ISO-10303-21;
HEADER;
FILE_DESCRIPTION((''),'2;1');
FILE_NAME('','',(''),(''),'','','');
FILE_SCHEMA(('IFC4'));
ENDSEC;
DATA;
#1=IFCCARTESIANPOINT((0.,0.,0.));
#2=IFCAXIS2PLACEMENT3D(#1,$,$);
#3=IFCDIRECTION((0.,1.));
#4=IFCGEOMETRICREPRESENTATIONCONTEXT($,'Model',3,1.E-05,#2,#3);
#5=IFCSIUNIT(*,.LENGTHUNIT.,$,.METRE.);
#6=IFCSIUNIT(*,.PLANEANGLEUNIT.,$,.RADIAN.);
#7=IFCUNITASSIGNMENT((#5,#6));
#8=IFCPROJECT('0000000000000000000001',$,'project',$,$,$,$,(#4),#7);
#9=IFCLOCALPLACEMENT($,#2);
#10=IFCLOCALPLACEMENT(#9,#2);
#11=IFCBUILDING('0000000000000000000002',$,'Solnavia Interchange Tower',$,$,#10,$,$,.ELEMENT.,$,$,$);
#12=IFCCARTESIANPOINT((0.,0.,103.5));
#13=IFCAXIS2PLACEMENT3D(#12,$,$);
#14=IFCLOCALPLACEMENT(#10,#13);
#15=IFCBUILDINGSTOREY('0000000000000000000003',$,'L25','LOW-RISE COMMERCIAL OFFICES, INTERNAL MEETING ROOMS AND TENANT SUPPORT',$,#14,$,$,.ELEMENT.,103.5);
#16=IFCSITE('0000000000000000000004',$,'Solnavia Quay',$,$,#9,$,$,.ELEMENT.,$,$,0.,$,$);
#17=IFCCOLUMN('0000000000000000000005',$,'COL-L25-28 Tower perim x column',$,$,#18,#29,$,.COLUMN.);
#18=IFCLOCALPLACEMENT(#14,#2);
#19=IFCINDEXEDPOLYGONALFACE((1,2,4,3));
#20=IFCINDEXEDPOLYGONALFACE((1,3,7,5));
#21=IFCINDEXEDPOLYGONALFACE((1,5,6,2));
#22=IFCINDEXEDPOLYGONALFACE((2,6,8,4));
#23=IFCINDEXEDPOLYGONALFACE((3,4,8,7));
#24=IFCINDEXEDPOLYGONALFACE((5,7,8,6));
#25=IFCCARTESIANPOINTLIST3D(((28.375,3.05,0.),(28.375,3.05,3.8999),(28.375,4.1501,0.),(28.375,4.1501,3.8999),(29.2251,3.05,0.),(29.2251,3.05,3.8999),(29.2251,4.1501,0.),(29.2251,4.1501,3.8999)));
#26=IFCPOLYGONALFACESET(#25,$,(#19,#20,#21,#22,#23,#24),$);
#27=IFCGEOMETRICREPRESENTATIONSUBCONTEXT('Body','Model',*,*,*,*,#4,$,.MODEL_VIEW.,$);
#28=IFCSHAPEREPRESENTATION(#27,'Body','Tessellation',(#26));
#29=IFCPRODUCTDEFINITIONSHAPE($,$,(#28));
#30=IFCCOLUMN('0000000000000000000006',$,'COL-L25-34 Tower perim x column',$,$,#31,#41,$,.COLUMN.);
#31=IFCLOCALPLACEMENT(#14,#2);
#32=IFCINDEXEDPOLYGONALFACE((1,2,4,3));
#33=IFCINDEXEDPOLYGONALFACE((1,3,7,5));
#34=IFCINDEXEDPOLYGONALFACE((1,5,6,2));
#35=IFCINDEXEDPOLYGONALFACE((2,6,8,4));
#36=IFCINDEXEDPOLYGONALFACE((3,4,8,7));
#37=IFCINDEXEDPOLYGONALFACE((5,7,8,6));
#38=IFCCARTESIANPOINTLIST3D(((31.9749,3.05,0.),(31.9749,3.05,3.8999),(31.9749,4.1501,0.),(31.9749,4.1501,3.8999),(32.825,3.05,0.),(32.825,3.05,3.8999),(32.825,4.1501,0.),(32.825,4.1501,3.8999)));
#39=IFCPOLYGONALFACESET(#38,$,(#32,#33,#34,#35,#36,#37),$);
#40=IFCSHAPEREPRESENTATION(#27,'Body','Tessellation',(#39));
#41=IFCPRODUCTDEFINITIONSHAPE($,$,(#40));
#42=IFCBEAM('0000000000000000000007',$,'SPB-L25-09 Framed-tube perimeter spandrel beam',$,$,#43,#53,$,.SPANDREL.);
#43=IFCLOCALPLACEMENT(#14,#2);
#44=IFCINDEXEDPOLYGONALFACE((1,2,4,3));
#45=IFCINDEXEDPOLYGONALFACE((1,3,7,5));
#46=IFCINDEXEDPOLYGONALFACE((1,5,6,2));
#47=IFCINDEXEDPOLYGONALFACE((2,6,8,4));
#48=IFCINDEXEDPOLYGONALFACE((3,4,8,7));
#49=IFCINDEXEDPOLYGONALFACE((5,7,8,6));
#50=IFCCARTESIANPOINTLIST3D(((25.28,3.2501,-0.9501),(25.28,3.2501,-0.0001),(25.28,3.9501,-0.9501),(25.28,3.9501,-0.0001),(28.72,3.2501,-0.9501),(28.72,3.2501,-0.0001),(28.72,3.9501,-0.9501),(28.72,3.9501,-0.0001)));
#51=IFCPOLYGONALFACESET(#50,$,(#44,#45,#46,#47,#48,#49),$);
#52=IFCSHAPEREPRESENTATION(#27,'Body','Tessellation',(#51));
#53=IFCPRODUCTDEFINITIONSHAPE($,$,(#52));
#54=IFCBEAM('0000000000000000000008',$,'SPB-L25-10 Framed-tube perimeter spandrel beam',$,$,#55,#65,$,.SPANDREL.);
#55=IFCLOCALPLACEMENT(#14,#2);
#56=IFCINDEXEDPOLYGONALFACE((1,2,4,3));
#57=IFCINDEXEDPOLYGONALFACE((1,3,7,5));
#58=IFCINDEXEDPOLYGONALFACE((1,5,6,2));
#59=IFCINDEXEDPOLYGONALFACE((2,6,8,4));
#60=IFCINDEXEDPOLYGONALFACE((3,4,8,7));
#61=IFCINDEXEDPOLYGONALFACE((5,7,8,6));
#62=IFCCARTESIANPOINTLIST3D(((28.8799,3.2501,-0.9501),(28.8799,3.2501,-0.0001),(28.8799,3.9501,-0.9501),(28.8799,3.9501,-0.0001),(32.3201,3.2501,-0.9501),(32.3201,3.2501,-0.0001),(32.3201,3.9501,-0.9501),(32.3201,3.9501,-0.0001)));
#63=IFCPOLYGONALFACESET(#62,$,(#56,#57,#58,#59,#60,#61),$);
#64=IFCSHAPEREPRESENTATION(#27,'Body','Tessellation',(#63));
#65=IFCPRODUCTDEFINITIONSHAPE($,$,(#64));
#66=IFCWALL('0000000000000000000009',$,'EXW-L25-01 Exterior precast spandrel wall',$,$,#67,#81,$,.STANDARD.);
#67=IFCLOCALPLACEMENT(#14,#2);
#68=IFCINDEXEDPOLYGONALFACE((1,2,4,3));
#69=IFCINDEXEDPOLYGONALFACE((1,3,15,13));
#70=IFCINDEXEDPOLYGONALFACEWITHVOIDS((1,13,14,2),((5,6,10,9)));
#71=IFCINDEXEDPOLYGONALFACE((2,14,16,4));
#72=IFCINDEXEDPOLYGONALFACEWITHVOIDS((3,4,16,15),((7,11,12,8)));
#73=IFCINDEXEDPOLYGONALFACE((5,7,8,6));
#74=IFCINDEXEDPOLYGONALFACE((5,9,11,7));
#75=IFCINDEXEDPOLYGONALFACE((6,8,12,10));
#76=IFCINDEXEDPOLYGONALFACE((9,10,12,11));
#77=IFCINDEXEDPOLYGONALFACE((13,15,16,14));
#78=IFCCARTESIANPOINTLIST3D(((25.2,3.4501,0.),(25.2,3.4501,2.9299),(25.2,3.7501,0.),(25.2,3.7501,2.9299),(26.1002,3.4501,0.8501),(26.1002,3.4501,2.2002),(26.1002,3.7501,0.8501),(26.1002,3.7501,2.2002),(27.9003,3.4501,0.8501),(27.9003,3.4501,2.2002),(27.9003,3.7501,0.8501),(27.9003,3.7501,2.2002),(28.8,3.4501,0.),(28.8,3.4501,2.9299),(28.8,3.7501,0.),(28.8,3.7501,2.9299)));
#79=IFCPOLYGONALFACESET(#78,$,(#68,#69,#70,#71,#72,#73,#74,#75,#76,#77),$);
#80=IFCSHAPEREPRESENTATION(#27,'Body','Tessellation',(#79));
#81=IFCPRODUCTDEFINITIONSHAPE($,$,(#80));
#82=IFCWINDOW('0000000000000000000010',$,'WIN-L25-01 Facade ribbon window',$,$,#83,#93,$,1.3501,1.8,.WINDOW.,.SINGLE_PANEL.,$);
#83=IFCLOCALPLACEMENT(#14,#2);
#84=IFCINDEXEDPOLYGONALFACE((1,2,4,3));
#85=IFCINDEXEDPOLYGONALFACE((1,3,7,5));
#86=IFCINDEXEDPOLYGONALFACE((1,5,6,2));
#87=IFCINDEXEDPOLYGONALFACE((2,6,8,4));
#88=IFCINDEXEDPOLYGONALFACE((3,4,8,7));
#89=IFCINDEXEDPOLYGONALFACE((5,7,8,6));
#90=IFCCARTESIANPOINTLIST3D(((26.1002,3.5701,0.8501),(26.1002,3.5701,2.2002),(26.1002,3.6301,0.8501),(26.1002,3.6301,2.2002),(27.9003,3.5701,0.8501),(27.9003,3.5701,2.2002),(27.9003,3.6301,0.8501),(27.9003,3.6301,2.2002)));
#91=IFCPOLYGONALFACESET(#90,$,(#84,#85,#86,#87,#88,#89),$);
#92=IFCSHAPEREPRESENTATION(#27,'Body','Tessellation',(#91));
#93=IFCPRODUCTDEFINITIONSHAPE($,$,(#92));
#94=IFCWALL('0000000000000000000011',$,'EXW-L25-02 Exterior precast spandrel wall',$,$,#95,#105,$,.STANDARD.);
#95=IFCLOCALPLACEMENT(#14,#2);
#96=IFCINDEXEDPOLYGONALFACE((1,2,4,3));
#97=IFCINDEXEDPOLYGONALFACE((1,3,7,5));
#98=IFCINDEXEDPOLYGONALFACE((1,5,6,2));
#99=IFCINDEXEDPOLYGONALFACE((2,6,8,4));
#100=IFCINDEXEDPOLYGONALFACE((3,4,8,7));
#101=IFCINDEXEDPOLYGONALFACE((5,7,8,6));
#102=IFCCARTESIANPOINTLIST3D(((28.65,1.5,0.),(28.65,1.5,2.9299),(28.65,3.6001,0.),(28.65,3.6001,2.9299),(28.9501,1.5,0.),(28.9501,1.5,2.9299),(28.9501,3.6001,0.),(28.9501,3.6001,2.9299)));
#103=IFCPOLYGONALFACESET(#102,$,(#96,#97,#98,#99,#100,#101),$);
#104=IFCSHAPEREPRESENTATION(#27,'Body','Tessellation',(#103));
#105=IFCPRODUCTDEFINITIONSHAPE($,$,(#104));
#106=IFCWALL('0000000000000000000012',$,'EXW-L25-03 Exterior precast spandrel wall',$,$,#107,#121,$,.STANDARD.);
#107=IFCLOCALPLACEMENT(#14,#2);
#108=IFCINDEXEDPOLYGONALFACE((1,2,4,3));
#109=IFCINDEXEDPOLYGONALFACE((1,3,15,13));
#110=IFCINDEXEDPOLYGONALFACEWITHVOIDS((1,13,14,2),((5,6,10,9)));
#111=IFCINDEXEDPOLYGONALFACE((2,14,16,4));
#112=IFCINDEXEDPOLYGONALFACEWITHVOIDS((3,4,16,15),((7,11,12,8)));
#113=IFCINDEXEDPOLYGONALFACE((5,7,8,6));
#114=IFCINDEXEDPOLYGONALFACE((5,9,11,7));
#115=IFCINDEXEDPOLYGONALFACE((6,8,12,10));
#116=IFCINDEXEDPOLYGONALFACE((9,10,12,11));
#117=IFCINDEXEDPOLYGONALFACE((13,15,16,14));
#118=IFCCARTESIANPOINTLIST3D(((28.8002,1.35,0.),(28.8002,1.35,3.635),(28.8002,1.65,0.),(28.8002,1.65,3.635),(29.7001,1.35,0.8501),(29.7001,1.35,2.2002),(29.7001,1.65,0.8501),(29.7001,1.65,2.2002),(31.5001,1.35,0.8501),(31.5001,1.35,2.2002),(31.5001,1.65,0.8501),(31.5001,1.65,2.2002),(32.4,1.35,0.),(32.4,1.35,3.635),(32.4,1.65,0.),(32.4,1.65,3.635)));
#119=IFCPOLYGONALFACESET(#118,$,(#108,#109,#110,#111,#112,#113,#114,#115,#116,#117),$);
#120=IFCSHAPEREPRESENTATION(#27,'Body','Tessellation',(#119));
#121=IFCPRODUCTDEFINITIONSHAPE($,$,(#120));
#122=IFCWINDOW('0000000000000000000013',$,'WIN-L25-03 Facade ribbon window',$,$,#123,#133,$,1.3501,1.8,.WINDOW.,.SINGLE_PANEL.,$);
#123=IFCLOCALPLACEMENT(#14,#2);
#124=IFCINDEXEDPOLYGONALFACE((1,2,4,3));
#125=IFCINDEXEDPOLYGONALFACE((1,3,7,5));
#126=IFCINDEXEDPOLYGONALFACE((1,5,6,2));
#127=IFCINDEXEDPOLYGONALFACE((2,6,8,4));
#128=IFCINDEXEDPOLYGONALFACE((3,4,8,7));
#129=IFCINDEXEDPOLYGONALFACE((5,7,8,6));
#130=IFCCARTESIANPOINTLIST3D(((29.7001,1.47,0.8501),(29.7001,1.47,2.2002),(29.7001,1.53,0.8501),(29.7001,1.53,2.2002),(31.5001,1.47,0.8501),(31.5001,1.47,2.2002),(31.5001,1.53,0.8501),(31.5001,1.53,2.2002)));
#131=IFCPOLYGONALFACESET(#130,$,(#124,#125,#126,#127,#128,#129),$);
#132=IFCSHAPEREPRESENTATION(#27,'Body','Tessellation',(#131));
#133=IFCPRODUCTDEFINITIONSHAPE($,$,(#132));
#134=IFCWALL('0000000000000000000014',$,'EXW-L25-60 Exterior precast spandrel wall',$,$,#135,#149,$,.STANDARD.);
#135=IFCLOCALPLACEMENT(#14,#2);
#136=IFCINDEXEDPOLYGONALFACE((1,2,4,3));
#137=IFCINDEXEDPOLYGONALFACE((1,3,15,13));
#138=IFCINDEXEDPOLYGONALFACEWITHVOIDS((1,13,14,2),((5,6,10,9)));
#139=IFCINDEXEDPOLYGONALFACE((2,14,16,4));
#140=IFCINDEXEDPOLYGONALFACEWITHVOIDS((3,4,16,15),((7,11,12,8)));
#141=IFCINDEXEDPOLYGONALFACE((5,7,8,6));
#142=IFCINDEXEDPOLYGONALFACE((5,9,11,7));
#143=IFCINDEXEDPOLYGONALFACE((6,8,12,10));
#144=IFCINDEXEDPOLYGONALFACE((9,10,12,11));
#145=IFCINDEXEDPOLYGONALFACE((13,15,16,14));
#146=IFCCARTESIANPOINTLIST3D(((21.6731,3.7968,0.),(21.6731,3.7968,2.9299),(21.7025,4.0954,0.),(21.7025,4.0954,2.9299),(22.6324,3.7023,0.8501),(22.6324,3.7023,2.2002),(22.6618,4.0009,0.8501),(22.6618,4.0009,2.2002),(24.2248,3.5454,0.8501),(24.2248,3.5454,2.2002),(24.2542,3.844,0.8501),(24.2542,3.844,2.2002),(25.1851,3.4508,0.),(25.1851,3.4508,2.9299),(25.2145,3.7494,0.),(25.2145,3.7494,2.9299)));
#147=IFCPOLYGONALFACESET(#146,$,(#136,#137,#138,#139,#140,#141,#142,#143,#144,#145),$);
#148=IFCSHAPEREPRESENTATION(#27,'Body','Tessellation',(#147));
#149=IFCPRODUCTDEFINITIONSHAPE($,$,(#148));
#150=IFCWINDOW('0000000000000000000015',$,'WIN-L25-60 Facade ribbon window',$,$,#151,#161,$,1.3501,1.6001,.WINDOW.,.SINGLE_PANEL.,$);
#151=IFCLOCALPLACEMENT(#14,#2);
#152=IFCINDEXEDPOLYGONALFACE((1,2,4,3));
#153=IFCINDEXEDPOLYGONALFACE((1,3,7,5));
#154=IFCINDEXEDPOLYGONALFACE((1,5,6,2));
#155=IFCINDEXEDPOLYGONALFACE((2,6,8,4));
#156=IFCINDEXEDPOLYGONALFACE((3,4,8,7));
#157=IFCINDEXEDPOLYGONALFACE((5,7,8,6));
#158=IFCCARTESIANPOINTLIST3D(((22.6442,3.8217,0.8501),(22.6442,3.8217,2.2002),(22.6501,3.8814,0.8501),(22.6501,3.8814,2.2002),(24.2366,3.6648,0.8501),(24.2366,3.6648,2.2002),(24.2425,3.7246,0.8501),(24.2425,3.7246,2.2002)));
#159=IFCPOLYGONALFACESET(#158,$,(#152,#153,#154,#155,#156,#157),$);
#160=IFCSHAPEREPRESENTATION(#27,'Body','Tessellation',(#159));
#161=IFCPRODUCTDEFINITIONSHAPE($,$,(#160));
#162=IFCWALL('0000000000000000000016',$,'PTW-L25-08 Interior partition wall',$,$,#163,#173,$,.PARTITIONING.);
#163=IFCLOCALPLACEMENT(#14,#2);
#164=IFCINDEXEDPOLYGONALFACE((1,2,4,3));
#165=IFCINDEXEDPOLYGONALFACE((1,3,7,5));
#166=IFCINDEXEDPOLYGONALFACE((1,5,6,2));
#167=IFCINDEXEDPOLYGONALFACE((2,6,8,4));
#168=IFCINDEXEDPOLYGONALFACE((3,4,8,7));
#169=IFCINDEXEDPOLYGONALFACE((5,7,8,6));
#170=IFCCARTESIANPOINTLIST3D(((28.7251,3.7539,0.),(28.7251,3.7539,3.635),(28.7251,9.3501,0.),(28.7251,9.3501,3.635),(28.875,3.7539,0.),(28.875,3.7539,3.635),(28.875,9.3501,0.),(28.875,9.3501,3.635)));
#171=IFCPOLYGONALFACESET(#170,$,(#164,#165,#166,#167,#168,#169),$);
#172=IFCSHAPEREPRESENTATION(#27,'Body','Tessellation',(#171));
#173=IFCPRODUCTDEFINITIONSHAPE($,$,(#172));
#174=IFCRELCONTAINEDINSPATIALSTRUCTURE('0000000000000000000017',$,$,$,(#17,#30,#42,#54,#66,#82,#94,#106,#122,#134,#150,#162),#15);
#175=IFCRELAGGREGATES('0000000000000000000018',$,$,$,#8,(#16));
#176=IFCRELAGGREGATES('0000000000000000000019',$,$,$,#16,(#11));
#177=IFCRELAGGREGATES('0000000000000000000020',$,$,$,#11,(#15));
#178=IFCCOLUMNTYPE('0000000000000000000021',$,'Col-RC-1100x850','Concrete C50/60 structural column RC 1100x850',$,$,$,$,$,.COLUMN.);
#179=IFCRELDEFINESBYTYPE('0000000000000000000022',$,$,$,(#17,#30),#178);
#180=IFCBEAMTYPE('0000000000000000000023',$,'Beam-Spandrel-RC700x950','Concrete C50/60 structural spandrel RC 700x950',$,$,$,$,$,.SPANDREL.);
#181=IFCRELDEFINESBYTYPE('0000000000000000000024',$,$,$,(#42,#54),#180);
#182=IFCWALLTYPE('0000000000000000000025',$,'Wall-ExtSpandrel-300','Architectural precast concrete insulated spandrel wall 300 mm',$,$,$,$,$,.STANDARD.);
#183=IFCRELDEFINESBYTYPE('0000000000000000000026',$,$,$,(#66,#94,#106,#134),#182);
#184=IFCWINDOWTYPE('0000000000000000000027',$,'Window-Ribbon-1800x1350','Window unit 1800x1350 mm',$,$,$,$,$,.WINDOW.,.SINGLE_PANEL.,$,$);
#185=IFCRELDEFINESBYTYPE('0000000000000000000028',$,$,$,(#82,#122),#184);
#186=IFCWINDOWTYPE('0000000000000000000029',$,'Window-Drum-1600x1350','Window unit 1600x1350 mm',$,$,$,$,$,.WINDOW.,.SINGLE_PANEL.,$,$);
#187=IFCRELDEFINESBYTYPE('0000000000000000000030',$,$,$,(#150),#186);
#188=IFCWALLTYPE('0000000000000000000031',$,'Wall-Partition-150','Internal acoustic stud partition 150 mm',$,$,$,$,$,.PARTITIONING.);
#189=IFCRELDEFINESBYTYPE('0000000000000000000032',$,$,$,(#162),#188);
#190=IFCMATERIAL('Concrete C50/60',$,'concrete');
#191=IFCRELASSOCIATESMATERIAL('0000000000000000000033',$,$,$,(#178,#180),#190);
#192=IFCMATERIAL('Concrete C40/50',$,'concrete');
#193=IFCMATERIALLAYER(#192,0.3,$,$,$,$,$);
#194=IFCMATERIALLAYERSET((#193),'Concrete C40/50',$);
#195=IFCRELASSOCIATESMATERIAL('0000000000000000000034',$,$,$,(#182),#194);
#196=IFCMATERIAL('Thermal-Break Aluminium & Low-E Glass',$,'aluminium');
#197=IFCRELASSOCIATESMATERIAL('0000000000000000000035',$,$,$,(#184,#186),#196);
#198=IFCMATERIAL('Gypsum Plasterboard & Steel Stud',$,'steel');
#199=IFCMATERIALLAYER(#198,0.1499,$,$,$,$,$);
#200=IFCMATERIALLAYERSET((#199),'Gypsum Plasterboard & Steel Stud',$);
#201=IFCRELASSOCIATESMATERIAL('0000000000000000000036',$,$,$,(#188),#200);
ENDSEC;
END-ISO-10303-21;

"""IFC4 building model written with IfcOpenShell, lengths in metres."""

from ifc_helpers import new_model, si_unit, direction, frame, frame_2d, origin, origin_2d, place, context, subcontext, project, spatial, rectangle, extrude, material, layer, layer_set, material_profile, profile_set, type_object, element, fill, save


model = new_model("IFC4")

# Units and contexts
model_context = context("Model", 3, precision=1e-05, world=origin(), true_north=direction((0.0, 1.0)))
body_context = subcontext(model_context, "Body", "Model", "MODEL_VIEW")
ifc_project = project(units=[si_unit("LENGTHUNIT", "METRE"), si_unit("PLANEANGLEUNIT", "RADIAN")], contexts=[model_context])

# Site, building, storey
site_placement = place(None, origin())
site = spatial("IfcSite", under=ifc_project, at=site_placement, Name="Solnavia Quay", CompositionType="ELEMENT", RefElevation=0.0)
building_placement = place(site_placement, origin())
building = spatial("IfcBuilding", under=site, at=building_placement, Name="Solnavia Interchange Tower", CompositionType="ELEMENT")
storey_placement = place(building_placement, frame((0.0, 0.0, 103.5)))
storey = spatial("IfcBuildingStorey", under=building, at=storey_placement, Name="L25", Description="LOW-RISE COMMERCIAL OFFICES, INTERNAL MEETING ROOMS AND TENANT SUPPORT", CompositionType="ELEMENT", Elevation=103.5)

# Columns
ifc_material_1 = material(Name="Concrete C50/60", Category="concrete")
ifc_material_profile_1 = material_profile(ifc_material_1, rectangle(XDim=0.8501, YDim=1.1001, at=origin_2d()), Name="RC 1100x850")
ifc_profile_set_1 = profile_set([ifc_material_profile_1], Name="Concrete C50/60")
column_type = type_object("IfcColumnType", Name="Col-RC-1100x850", Description="Concrete C50/60 structural column RC 1100x850", PredefinedType="COLUMN", material=ifc_profile_set_1)
for number, where, z_axis, x_axis, name in (
    (1, (28.8, 3.6001, 0.0), (0.0, 0.0, 1.0), (1.0, 0.0, 0.0), "COL-L25-28 Tower perim x column"),
    (2, (32.3999, 3.6001, 0.0), (0.0, 0.0, 1.0), (1.0, 0.0, 0.0), "COL-L25-34 Tower perim x column"),
):
    element("IfcColumn", number, at=place(storey_placement, frame(where, z_axis=z_axis, x_axis=x_axis)), inside=storey, type_object=column_type, Name=name, PredefinedType="COLUMN", context=body_context, shape_type="SweptSolid", body=[
        extrude(rectangle(XDim=0.8501, YDim=1.1001, at=origin_2d()), origin(), (0.0, 0.0, 1.0), 3.8999),
    ])

# Beams
ifc_material_profile_2 = material_profile(ifc_material_1, rectangle(XDim=0.7, YDim=0.95, at=origin_2d()), Name="RC 700x950")
ifc_profile_set_2 = profile_set([ifc_material_profile_2], Name="Concrete C50/60")
beam_type = type_object("IfcBeamType", Name="Beam-Spandrel-RC700x950", Description="Concrete C50/60 structural spandrel RC 700x950", PredefinedType="SPANDREL", material=ifc_profile_set_2)
beam_1_placement = place(storey_placement, frame((25.28, 3.6001, -0.4751), z_axis=(1.0, 0.0, 0.0), x_axis=(0.0, 1.0, 0.0)))
element("IfcBeam", 3, at=beam_1_placement, inside=storey, type_object=beam_type, Name="SPB-L25-09 Framed-tube perimeter spandrel beam", PredefinedType="SPANDREL", context=body_context, shape_type="SweptSolid", body=[
    extrude(rectangle(XDim=0.7, YDim=0.95, at=origin_2d()), origin(), (0.0, 0.0, 1.0), 3.4399),
])
beam_2_placement = place(storey_placement, frame((28.8799, 3.6001, -0.4751), z_axis=(1.0, 0.0, 0.0), x_axis=(0.0, 1.0, 0.0)))
element("IfcBeam", 4, at=beam_2_placement, inside=storey, type_object=beam_type, Name="SPB-L25-10 Framed-tube perimeter spandrel beam", PredefinedType="SPANDREL", context=body_context, shape_type="SweptSolid", body=[
    extrude(rectangle(XDim=0.7, YDim=0.95, at=origin_2d()), origin(), (0.0, 0.0, 1.0), 3.4402),
])

# Wall, opening, window
ifc_material_2 = material(Name="Concrete C40/50", Category="concrete")
ifc_layer_1 = layer(ifc_material_2, 0.3)
ifc_layer_set_1 = layer_set([ifc_layer_1], Name="Concrete C40/50")
wall_type_1 = type_object("IfcWallType", Name="Wall-ExtSpandrel-300", Description="Architectural precast concrete insulated spandrel wall 300 mm", PredefinedType="STANDARD", material=ifc_layer_set_1)
wall_1_placement = place(storey_placement, frame((28.8, 3.6001, 0.0), z_axis=(0.0, 0.0, 1.0), x_axis=(-1.0, 0.0, 0.0)))
wall_1 = element("IfcWall", 5, at=wall_1_placement, inside=storey, type_object=wall_type_1, Name="EXW-L25-01 Exterior precast spandrel wall", PredefinedType="STANDARD", context=body_context, shape_type="SweptSolid", body=[
    extrude(rectangle(XDim=3.6001, YDim=0.3, at=frame_2d((1.8, 0.0))), origin(), (0.0, 0.0, 1.0), 2.9299),
])
opening_1_placement = place(wall_1_placement, frame((0.8999, 0.0, 0.8501)))
opening_1 = element("IfcOpeningElement", 6, at=opening_1_placement, cuts=wall_1, PredefinedType="OPENING", context=body_context, shape_type="SweptSolid", body=[
    extrude(rectangle(XDim=1.8, YDim=1.3501, at=frame_2d((0.8999, 0.675))), frame((0.0, 0.1602, 0.0), z_axis=(0.0, -1.0, 0.0), x_axis=(1.0, 0.0, 0.0)), (0.0, 0.0, 1.0), 0.3201),
])
ifc_material_3 = material(Name="Thermal-Break Aluminium & Low-E Glass", Category="aluminium")
window_type_1 = type_object("IfcWindowType", Name="Window-Ribbon-1800x1350", Description="Window unit 1800x1350 mm", PartitioningType="SINGLE_PANEL", PredefinedType="WINDOW", material=ifc_material_3)
window_1_placement = place(opening_1_placement, origin())
window_1 = element("IfcWindow", 7, at=window_1_placement, inside=storey, type_object=window_type_1, Name="WIN-L25-01 Facade ribbon window", OverallHeight=1.3501, OverallWidth=1.8, PartitioningType="SINGLE_PANEL", PredefinedType="WINDOW", context=body_context, shape_type="SweptSolid", body=[
    extrude(rectangle(XDim=1.8, YDim=1.3501, at=frame_2d((0.8999, 0.675))), frame((0.0, 0.03, 0.0), z_axis=(0.0, -1.0, 0.0), x_axis=(1.0, 0.0, 0.0)), (0.0, 0.0, 1.0), 0.0601),
])
fill(opening_1, window_1)

# Wall
wall_2_placement = place(storey_placement, frame((28.8, 3.6001, 0.0), z_axis=(0.0, 0.0, 1.0), x_axis=(0.0, -1.0, 0.0)))
element("IfcWall", 8, at=wall_2_placement, inside=storey, type_object=wall_type_1, Name="EXW-L25-02 Exterior precast spandrel wall", PredefinedType="STANDARD", context=body_context, shape_type="SweptSolid", body=[
    extrude(rectangle(XDim=2.1001, YDim=0.3, at=frame_2d((1.05, 0.0))), origin(), (0.0, 0.0, 1.0), 2.9299),
])

# Walls, openings, windows
wall_3_placement = place(storey_placement, frame((32.3999, 1.5, 0.0), z_axis=(0.0, 0.0, 1.0), x_axis=(-1.0, 0.0, 0.0)))
wall_3 = element("IfcWall", 9, at=wall_3_placement, inside=storey, type_object=wall_type_1, Name="EXW-L25-03 Exterior precast spandrel wall", PredefinedType="STANDARD", context=body_context, shape_type="SweptSolid", body=[
    extrude(rectangle(XDim=3.5999, YDim=0.3, at=frame_2d((1.7998, 0.0))), origin(), (0.0, 0.0, 1.0), 3.635),
])
opening_2_placement = place(wall_3_placement, frame((0.8999, 0.0, 0.8501)))
opening_2 = element("IfcOpeningElement", 10, at=opening_2_placement, cuts=wall_3, PredefinedType="OPENING", context=body_context, shape_type="SweptSolid", body=[
    extrude(rectangle(XDim=1.8, YDim=1.3501, at=frame_2d((0.8999, 0.675))), frame((0.0, 0.1602, 0.0), z_axis=(0.0, -1.0, 0.0), x_axis=(1.0, 0.0, 0.0)), (0.0, 0.0, 1.0), 0.3201),
])
window_2_placement = place(opening_2_placement, origin())
window_2 = element("IfcWindow", 11, at=window_2_placement, inside=storey, type_object=window_type_1, Name="WIN-L25-03 Facade ribbon window", OverallHeight=1.3501, OverallWidth=1.8, PartitioningType="SINGLE_PANEL", PredefinedType="WINDOW", context=body_context, shape_type="SweptSolid", body=[
    extrude(rectangle(XDim=1.8, YDim=1.3501, at=frame_2d((0.8999, 0.675))), frame((0.0, 0.03, 0.0), z_axis=(0.0, -1.0, 0.0), x_axis=(1.0, 0.0, 0.0)), (0.0, 0.0, 1.0), 0.0601),
])
fill(opening_2, window_2)
wall_4_placement = place(storey_placement, frame((25.2, 3.6001, 0.0), z_axis=(0.0, 0.0, 1.0), x_axis=(-0.995183, 0.098031, 0.0)))
wall_4 = element("IfcWall", 12, at=wall_4_placement, inside=storey, type_object=wall_type_1, Name="EXW-L25-60 Exterior precast spandrel wall", PredefinedType="STANDARD", context=body_context, shape_type="SweptSolid", body=[
    extrude(rectangle(XDim=3.5291, YDim=0.3, at=frame_2d((1.7646, 0.0))), origin(), (0.0, 0.0, 1.0), 2.9299),
])
opening_3_placement = place(wall_4_placement, frame((0.9651, 0.0, 0.8501)))
opening_3 = element("IfcOpeningElement", 13, at=opening_3_placement, cuts=wall_4, PredefinedType="OPENING", context=body_context, shape_type="SweptSolid", body=[
    extrude(rectangle(XDim=1.6001, YDim=1.3501, at=frame_2d((0.8, 0.675))), frame((0.0, 0.1602, 0.0), z_axis=(0.0, -1.0, 0.0), x_axis=(1.0, 0.0, 0.0)), (0.0, 0.0, 1.0), 0.3201),
])
window_type_2 = type_object("IfcWindowType", Name="Window-Drum-1600x1350", Description="Window unit 1600x1350 mm", PartitioningType="SINGLE_PANEL", PredefinedType="WINDOW", material=ifc_material_3)
window_3_placement = place(opening_3_placement, origin())
window_3 = element("IfcWindow", 14, at=window_3_placement, inside=storey, type_object=window_type_2, Name="WIN-L25-60 Facade ribbon window", OverallHeight=1.3501, OverallWidth=1.6001, PartitioningType="SINGLE_PANEL", PredefinedType="WINDOW", context=body_context, shape_type="SweptSolid", body=[
    extrude(rectangle(XDim=1.6001, YDim=1.3501, at=frame_2d((0.8, 0.675))), frame((0.0, 0.03, 0.0), z_axis=(0.0, -1.0, 0.0), x_axis=(1.0, 0.0, 0.0)), (0.0, 0.0, 1.0), 0.0601),
])
fill(opening_3, window_3)

# Wall
ifc_material_4 = material(Name="Gypsum Plasterboard & Steel Stud", Category="steel")
ifc_layer_2 = layer(ifc_material_4, 0.1499)
ifc_layer_set_2 = layer_set([ifc_layer_2], Name="Gypsum Plasterboard & Steel Stud")
wall_type_2 = type_object("IfcWallType", Name="Wall-Partition-150", Description="Internal acoustic stud partition 150 mm", PredefinedType="PARTITIONING", material=ifc_layer_set_2)
wall_5_placement = place(storey_placement, frame((28.8, 9.3501, 0.0), z_axis=(0.0, 0.0, 1.0), x_axis=(0.0, -1.0, 0.0)))
element("IfcWall", 15, at=wall_5_placement, inside=storey, type_object=wall_type_2, Name="PTW-L25-08 Interior partition wall", PredefinedType="PARTITIONING", context=body_context, shape_type="SweptSolid", body=[
    extrude(rectangle(XDim=5.5962, YDim=0.1499, at=frame_2d((2.7981, 0.0))), origin(), (0.0, 0.0, 1.0), 3.635),
])

save(model, "model.ifc")
